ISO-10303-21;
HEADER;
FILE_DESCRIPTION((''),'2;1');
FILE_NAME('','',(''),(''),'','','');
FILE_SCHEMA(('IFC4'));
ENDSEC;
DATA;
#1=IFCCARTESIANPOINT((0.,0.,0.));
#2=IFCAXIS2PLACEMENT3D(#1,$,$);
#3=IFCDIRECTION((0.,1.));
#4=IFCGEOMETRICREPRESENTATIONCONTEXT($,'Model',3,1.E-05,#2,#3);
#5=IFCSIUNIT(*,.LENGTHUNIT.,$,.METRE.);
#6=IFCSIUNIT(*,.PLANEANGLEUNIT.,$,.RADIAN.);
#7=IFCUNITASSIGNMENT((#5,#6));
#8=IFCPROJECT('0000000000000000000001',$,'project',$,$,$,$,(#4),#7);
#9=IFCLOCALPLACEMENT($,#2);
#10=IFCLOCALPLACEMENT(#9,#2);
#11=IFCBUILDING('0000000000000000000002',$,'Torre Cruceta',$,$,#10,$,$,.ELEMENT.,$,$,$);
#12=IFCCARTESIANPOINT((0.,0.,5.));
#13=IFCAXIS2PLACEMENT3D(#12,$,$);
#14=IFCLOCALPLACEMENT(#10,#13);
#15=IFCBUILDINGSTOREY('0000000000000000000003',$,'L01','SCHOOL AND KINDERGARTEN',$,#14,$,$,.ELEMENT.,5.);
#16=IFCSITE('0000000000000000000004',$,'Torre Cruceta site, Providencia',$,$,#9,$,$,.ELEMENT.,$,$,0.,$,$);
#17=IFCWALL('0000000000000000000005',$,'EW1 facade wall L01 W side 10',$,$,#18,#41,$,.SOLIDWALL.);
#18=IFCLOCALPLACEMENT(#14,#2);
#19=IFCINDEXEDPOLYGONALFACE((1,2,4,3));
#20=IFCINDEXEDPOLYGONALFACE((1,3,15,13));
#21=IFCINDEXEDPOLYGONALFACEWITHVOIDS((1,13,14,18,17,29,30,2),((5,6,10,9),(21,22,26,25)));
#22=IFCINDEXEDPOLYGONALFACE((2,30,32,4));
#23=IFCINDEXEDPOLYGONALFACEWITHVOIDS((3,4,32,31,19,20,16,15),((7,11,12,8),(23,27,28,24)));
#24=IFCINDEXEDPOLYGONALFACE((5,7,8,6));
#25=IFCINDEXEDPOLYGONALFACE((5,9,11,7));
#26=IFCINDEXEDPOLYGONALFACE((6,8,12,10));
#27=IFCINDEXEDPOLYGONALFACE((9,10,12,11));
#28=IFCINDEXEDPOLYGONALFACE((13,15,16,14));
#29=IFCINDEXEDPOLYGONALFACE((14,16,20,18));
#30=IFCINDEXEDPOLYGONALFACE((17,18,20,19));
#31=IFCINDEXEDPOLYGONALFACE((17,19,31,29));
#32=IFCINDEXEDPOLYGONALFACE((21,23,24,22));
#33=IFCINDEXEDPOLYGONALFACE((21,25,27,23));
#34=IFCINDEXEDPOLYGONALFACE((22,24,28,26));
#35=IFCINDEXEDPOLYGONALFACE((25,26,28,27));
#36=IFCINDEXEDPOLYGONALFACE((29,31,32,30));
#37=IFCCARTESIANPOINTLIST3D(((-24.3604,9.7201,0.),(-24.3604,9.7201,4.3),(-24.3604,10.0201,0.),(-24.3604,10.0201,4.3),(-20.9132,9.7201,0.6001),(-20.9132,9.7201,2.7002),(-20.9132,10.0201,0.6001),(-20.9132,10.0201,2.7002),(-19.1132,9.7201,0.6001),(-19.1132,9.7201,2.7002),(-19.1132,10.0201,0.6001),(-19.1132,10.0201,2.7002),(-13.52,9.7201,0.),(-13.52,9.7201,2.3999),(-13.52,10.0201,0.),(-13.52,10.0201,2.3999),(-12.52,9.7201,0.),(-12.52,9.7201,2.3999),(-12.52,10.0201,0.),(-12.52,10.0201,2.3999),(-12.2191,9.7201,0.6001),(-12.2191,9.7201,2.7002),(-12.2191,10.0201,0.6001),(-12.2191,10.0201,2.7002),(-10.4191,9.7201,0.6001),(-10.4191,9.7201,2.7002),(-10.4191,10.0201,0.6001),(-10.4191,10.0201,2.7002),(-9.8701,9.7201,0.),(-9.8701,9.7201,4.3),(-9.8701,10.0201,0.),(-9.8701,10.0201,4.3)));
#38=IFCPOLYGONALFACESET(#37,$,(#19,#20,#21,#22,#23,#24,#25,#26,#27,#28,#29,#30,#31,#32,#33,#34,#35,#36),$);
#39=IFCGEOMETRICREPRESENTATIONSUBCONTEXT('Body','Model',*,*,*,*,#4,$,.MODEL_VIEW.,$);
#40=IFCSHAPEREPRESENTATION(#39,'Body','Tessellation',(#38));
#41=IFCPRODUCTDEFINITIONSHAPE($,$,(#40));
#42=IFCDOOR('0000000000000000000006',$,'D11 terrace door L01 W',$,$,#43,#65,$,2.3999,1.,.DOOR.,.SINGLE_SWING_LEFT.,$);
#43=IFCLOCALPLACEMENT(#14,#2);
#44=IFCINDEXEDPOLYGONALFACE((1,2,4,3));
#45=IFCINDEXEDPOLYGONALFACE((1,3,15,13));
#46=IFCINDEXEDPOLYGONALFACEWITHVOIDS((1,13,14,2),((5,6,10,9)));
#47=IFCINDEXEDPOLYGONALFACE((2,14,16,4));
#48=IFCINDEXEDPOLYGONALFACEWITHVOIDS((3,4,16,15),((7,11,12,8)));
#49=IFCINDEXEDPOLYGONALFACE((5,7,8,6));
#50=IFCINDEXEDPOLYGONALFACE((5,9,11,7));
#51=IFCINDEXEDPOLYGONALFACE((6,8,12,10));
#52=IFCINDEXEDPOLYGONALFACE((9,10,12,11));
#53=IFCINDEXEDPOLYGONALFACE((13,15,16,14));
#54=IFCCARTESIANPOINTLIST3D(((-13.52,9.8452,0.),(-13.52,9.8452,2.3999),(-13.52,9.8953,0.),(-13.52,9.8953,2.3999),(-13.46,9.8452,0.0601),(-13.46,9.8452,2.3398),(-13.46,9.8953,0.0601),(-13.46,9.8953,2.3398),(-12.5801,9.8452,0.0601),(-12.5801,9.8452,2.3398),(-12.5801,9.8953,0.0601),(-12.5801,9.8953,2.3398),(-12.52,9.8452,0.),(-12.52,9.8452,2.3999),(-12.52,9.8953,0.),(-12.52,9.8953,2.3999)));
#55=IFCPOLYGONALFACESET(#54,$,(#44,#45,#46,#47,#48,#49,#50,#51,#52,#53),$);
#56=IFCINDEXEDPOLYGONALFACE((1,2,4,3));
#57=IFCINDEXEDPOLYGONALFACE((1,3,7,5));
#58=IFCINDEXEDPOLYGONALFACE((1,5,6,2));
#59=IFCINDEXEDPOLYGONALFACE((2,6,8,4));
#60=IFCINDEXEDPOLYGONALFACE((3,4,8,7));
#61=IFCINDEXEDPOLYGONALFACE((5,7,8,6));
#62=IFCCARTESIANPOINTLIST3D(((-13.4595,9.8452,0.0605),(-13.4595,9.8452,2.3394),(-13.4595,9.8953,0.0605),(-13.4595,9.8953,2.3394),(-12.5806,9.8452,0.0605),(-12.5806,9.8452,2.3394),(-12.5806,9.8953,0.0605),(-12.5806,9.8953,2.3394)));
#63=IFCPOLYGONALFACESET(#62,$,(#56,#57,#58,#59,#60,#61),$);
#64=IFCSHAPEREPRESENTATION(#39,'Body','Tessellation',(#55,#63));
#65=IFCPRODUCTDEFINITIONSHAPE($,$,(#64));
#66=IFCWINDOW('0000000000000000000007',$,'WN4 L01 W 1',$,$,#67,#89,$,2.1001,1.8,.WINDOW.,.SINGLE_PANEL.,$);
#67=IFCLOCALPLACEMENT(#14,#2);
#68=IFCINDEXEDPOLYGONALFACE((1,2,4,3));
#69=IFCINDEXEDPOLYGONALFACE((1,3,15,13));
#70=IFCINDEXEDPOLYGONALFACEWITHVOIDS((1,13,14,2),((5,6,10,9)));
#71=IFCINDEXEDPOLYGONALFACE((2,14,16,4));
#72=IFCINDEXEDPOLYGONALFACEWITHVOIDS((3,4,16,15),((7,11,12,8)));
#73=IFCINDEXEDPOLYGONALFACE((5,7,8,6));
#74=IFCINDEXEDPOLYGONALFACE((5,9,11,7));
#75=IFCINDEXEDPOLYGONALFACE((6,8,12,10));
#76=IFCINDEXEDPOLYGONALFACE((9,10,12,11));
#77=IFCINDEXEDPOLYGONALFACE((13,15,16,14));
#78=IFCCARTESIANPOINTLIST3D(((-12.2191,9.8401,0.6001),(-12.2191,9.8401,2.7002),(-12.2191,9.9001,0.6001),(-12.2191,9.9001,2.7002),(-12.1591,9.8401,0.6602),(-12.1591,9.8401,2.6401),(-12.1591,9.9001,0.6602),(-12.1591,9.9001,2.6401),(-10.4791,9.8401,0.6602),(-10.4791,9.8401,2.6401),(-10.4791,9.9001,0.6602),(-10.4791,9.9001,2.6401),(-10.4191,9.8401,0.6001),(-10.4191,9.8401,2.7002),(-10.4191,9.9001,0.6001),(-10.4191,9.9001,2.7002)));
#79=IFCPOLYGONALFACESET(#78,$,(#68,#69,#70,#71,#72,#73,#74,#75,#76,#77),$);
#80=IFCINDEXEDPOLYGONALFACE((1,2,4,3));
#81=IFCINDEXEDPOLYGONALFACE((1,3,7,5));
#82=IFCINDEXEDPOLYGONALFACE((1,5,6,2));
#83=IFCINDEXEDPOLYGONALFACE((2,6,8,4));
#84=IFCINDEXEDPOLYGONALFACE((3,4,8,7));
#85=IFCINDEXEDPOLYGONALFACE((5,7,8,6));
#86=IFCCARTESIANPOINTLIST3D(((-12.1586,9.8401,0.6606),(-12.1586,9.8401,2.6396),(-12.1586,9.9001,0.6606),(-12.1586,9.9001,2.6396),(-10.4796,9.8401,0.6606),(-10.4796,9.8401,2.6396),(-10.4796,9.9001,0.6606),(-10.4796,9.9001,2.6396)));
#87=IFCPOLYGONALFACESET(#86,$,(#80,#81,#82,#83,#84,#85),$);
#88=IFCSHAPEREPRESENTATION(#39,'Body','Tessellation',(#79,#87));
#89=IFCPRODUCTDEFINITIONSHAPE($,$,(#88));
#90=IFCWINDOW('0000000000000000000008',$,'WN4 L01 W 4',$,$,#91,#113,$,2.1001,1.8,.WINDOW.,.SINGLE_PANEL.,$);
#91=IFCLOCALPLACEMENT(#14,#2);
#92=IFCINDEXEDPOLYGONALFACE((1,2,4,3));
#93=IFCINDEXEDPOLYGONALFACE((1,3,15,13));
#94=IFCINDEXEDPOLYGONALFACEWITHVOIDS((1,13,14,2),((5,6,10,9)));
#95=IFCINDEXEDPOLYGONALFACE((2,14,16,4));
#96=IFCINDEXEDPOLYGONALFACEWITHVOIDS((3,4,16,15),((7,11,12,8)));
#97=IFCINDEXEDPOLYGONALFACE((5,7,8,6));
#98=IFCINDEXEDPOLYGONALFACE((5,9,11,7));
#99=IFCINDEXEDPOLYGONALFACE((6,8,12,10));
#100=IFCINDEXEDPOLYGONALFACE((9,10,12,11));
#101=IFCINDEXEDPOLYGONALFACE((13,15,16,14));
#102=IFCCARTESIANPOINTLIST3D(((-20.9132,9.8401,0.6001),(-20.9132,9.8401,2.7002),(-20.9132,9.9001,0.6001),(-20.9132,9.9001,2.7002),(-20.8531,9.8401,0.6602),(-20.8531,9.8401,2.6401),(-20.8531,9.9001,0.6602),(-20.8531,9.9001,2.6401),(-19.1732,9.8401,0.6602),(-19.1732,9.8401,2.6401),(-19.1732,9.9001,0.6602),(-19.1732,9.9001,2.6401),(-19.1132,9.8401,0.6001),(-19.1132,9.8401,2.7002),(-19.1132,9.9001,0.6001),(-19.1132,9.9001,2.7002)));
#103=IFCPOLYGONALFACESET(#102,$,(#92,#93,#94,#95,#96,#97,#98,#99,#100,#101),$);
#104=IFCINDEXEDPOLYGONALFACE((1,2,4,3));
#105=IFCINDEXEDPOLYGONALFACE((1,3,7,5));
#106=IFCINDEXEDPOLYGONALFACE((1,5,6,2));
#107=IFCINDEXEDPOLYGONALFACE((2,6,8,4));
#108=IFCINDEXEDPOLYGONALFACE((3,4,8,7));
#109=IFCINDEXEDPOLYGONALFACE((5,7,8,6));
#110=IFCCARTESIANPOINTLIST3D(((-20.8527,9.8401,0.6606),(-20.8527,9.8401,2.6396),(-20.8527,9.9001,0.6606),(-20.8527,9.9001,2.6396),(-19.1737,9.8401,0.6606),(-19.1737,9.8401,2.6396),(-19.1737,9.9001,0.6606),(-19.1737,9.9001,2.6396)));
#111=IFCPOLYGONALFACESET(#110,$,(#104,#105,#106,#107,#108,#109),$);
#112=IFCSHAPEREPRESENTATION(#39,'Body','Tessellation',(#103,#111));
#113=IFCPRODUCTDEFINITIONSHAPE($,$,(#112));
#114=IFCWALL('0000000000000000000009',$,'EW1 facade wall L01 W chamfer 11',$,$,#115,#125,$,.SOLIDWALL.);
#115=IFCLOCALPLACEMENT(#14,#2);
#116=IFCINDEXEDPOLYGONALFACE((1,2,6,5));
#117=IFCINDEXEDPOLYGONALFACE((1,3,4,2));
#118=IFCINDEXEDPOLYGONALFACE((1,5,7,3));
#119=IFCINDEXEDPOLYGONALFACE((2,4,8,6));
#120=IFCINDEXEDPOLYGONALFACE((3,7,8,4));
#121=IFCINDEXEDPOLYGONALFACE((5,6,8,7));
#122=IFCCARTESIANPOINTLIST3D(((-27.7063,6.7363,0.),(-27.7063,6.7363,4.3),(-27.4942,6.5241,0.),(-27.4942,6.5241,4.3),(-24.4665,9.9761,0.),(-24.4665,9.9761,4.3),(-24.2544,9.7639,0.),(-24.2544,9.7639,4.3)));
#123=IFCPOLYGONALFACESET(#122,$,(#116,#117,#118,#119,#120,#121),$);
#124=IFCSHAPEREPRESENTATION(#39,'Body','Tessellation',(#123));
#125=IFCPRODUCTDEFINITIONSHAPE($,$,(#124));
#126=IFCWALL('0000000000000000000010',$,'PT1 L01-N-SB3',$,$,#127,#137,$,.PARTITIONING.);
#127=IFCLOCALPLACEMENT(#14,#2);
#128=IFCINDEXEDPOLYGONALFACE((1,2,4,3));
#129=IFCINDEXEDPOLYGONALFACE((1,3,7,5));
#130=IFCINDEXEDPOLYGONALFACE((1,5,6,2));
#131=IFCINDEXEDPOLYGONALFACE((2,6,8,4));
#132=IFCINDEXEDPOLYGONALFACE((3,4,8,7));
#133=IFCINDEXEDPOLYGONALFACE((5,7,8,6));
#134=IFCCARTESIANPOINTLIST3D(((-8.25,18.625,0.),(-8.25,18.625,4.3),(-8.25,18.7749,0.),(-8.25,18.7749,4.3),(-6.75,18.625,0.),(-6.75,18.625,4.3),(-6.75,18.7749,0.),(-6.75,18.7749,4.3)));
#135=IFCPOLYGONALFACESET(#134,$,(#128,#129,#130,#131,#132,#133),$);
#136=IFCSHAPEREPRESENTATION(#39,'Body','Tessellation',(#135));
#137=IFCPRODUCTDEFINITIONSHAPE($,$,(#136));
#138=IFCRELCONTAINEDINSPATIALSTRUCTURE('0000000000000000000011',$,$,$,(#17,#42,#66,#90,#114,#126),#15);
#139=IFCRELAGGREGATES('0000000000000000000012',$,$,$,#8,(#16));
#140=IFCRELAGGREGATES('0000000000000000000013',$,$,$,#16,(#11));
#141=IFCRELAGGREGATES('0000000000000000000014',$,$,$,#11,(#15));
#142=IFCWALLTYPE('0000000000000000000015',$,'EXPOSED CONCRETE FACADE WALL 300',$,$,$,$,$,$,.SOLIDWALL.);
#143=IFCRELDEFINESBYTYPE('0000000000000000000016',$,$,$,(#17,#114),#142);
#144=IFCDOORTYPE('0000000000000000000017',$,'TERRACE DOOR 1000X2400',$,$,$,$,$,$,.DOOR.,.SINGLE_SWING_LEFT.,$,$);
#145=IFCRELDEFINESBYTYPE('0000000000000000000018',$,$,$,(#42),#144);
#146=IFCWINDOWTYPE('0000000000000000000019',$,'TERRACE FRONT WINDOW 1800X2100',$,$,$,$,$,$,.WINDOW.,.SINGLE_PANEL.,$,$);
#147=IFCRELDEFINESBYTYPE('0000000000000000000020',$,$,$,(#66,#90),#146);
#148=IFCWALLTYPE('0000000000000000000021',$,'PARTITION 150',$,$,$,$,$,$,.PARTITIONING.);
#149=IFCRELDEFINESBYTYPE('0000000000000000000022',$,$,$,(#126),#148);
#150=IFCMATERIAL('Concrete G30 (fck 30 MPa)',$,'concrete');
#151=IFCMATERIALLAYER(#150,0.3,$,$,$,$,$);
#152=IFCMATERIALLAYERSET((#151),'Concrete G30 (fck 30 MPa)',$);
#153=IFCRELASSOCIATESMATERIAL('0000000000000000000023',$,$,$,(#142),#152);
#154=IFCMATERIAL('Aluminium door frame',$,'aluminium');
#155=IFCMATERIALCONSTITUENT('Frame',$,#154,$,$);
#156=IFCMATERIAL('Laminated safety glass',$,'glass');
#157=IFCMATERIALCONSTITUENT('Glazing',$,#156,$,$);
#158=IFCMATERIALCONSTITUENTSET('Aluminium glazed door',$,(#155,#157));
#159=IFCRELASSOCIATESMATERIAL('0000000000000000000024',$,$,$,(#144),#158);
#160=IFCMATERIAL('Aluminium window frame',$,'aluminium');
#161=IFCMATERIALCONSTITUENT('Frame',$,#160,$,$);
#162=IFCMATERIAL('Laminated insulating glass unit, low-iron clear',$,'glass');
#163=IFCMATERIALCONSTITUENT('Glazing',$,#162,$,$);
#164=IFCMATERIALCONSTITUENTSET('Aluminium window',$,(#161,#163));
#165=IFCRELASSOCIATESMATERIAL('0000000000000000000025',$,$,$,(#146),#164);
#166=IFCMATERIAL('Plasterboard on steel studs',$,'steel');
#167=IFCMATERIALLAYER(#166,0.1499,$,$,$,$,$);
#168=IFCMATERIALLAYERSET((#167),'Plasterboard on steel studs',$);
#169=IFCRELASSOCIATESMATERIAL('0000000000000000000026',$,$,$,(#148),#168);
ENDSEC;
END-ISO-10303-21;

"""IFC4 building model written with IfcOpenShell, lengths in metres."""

from ifc_helpers import new_model, si_unit, direction, frame, frame_2d, origin, place, context, subcontext, project, spatial, rectangle, hollow_rectangle, extrude, material, layer, layer_set, constituent, constituent_set, type_object, element, fill, save


model = new_model("IFC4")

# Units and contexts
model_context = context("Model", 3, precision=1e-05, world=origin(), true_north=direction((0.0, 1.0)))
body_context = subcontext(model_context, "Body", "Model", "MODEL_VIEW")
ifc_project = project(units=[si_unit("LENGTHUNIT", "METRE"), si_unit("PLANEANGLEUNIT", "RADIAN")], contexts=[model_context])

# Site, building, storey
site_placement = place(None, origin())
site = spatial("IfcSite", under=ifc_project, at=site_placement, Name="Torre Cruceta site, Providencia", CompositionType="ELEMENT", RefElevation=0.0)
building_placement = place(site_placement, origin())
building = spatial("IfcBuilding", under=site, at=building_placement, Name="Torre Cruceta", CompositionType="ELEMENT")
storey_placement = place(building_placement, frame((0.0, 0.0, 5.0)))
storey = spatial("IfcBuildingStorey", under=building, at=storey_placement, Name="L01", Description="SCHOOL AND KINDERGARTEN", CompositionType="ELEMENT", Elevation=5.0)

# Shared definitions
ifc_material_1 = material(Name="Concrete G30 (fck 30 MPa)", Category="concrete")
ifc_layer_1 = layer(ifc_material_1, 0.3)
ifc_layer_set_1 = layer_set([ifc_layer_1], Name="Concrete G30 (fck 30 MPa)")
wall_type_1 = type_object("IfcWallType", Name="EXPOSED CONCRETE FACADE WALL 300", PredefinedType="SOLIDWALL", material=ifc_layer_set_1)

# Wall, openings, door, windows
ifc_material_2 = material(Name="Aluminium door frame", Category="aluminium")
ifc_constituent_1 = constituent(ifc_material_2, Name="Frame")
ifc_material_3 = material(Name="Laminated safety glass", Category="glass")
ifc_constituent_2 = constituent(ifc_material_3, Name="Glazing")
ifc_constituent_set_1 = constituent_set(constituents=[ifc_constituent_1, ifc_constituent_2], Name="Aluminium glazed door")
door_type_1 = type_object("IfcDoorType", Name="TERRACE DOOR 1000X2400", OperationType="SINGLE_SWING_LEFT", PredefinedType="DOOR", material=ifc_constituent_set_1)
ifc_material_4 = material(Name="Aluminium window frame", Category="aluminium")
ifc_constituent_3 = constituent(ifc_material_4, Name="Frame")
ifc_material_5 = material(Name="Laminated insulating glass unit, low-iron clear", Category="glass")
ifc_constituent_4 = constituent(ifc_material_5, Name="Glazing")
ifc_constituent_set_2 = constituent_set(constituents=[ifc_constituent_3, ifc_constituent_4], Name="Aluminium window")
window_type = type_object("IfcWindowType", Name="TERRACE FRONT WINDOW 1800X2100", PartitioningType="SINGLE_PANEL", PredefinedType="WINDOW", material=ifc_constituent_set_2)
wall_1_placement = place(storey_placement, frame((-9.8701, 9.8701, 0.0), z_axis=(0.0, 0.0, 1.0), x_axis=(-1.0, 0.0, 0.0)))
wall_1 = element("IfcWall", 1, at=wall_1_placement, inside=storey, type_object=wall_type_1, Name="EW1 facade wall L01 W side 10", PredefinedType="SOLIDWALL", context=body_context, shape_type="SweptSolid", body=[
    extrude(rectangle(XDim=14.4902, YDim=0.3, at=frame_2d((7.2451, 0.0))), origin(), (0.0, 0.0, 1.0), 4.3),
])
opening_1_placement = place(wall_1_placement, frame((2.6499, 0.0, 0.0)))
opening_1 = element("IfcOpeningElement", 2, at=opening_1_placement, cuts=wall_1, PredefinedType="OPENING", context=body_context, shape_type="SweptSolid", body=[
    extrude(rectangle(XDim=1.0, YDim=2.3999, at=frame_2d((0.5, 1.2))), frame((0.0, 0.1599, 0.0), z_axis=(0.0, -1.0, 0.0), x_axis=(1.0, 0.0, 0.0)), (0.0, 0.0, 1.0), 0.3201),
])
opening_2_placement = place(wall_1_placement, frame((0.5491, 0.0, 0.6001)))
opening_2 = element("IfcOpeningElement", 3, at=opening_2_placement, cuts=wall_1, PredefinedType="OPENING", context=body_context, shape_type="SweptSolid", body=[
    extrude(rectangle(XDim=1.8, YDim=2.1001, at=frame_2d((0.8999, 1.05))), frame((0.0, 0.1599, 0.0), z_axis=(0.0, -1.0, 0.0), x_axis=(1.0, 0.0, 0.0)), (0.0, 0.0, 1.0), 0.3201),
])
opening_3_placement = place(wall_1_placement, frame((9.2432, 0.0, 0.6001)))
opening_3 = element("IfcOpeningElement", 4, at=opening_3_placement, cuts=wall_1, PredefinedType="OPENING", context=body_context, shape_type="SweptSolid", body=[
    extrude(rectangle(XDim=1.8, YDim=2.1001, at=frame_2d((0.8999, 1.05))), frame((0.0, 0.1599, 0.0), z_axis=(0.0, -1.0, 0.0), x_axis=(1.0, 0.0, 0.0)), (0.0, 0.0, 1.0), 0.3201),
])
door_1_placement = place(opening_1_placement, origin())
door_1 = element("IfcDoor", 5, at=door_1_placement, inside=storey, type_object=door_type_1, Name="D11 terrace door L01 W", OperationType="SINGLE_SWING_LEFT", OverallHeight=2.3999, OverallWidth=1.0, PredefinedType="DOOR", context=body_context, shape_type="SweptSolid", body=[
    extrude(hollow_rectangle(XDim=1.0, YDim=2.3999, WallThickness=0.0601, at=frame_2d((0.5, 1.2))), frame((0.0, 0.0249, 0.0), z_axis=(0.0, -1.0, 0.0), x_axis=(1.0, 0.0, 0.0)), (0.0, 0.0, 1.0), 0.05),
    extrude(rectangle(XDim=0.8789, YDim=2.2788, at=frame_2d((0.5, 1.2))), frame((0.0, 0.0249, 0.0), z_axis=(0.0, -1.0, 0.0), x_axis=(1.0, 0.0, 0.0)), (0.0, 0.0, 1.0), 0.05),
])
fill(opening_1, door_1)
window_1_placement = place(opening_2_placement, origin())
window_1 = element("IfcWindow", 6, at=window_1_placement, inside=storey, type_object=window_type, Name="WN4 L01 W 1", OverallHeight=2.1001, OverallWidth=1.8, PartitioningType="SINGLE_PANEL", PredefinedType="WINDOW", context=body_context, shape_type="SweptSolid", body=[
    extrude(hollow_rectangle(XDim=1.8, YDim=2.1001, WallThickness=0.0601, at=frame_2d((0.8999, 1.05))), frame((0.0, 0.03, 0.0), z_axis=(0.0, -1.0, 0.0), x_axis=(1.0, 0.0, 0.0)), (0.0, 0.0, 1.0), 0.0601),
    extrude(rectangle(XDim=1.679, YDim=1.979, at=frame_2d((0.8999, 1.05))), frame((0.0, 0.03, 0.0), z_axis=(0.0, -1.0, 0.0), x_axis=(1.0, 0.0, 0.0)), (0.0, 0.0, 1.0), 0.0601),
])
fill(opening_2, window_1)
window_2_placement = place(opening_3_placement, origin())
window_2 = element("IfcWindow", 7, at=window_2_placement, inside=storey, type_object=window_type, Name="WN4 L01 W 4", OverallHeight=2.1001, OverallWidth=1.8, PartitioningType="SINGLE_PANEL", PredefinedType="WINDOW", context=body_context, shape_type="SweptSolid", body=[
    extrude(hollow_rectangle(XDim=1.8, YDim=2.1001, WallThickness=0.0601, at=frame_2d((0.8999, 1.05))), frame((0.0, 0.03, 0.0), z_axis=(0.0, -1.0, 0.0), x_axis=(1.0, 0.0, 0.0)), (0.0, 0.0, 1.0), 0.0601),
    extrude(rectangle(XDim=1.679, YDim=1.979, at=frame_2d((0.8999, 1.05))), frame((0.0, 0.03, 0.0), z_axis=(0.0, -1.0, 0.0), x_axis=(1.0, 0.0, 0.0)), (0.0, 0.0, 1.0), 0.0601),
])
fill(opening_3, window_2)

# Walls
wall_2_placement = place(storey_placement, frame((-24.3604, 9.8701, 0.0), z_axis=(0.0, 0.0, 1.0), x_axis=(-0.707107, -0.707107, 0.0)))
element("IfcWall", 8, at=wall_2_placement, inside=storey, type_object=wall_type_1, Name="EW1 facade wall L01 W chamfer 11", PredefinedType="SOLIDWALL", context=body_context, shape_type="SweptSolid", body=[
    extrude(rectangle(XDim=4.5818, YDim=0.3, at=frame_2d((2.291, 0.0))), origin(), (0.0, 0.0, 1.0), 4.3),
])
ifc_material_6 = material(Name="Plasterboard on steel studs", Category="steel")
ifc_layer_2 = layer(ifc_material_6, 0.1499)
ifc_layer_set_2 = layer_set([ifc_layer_2], Name="Plasterboard on steel studs")
wall_type_2 = type_object("IfcWallType", Name="PARTITION 150", PredefinedType="PARTITIONING", material=ifc_layer_set_2)
wall_3_placement = place(storey_placement, frame((-6.75, 18.7, 0.0), z_axis=(0.0, 0.0, 1.0), x_axis=(-1.0, 0.0, 0.0)))
element("IfcWall", 9, at=wall_3_placement, inside=storey, type_object=wall_type_2, Name="PT1 L01-N-SB3", PredefinedType="PARTITIONING", context=body_context, shape_type="SweptSolid", body=[
    extrude(rectangle(XDim=1.5, YDim=0.1499, at=frame_2d((0.75, 0.0))), origin(), (0.0, 0.0, 1.0), 4.3),
])

save(model, "model.ifc")
